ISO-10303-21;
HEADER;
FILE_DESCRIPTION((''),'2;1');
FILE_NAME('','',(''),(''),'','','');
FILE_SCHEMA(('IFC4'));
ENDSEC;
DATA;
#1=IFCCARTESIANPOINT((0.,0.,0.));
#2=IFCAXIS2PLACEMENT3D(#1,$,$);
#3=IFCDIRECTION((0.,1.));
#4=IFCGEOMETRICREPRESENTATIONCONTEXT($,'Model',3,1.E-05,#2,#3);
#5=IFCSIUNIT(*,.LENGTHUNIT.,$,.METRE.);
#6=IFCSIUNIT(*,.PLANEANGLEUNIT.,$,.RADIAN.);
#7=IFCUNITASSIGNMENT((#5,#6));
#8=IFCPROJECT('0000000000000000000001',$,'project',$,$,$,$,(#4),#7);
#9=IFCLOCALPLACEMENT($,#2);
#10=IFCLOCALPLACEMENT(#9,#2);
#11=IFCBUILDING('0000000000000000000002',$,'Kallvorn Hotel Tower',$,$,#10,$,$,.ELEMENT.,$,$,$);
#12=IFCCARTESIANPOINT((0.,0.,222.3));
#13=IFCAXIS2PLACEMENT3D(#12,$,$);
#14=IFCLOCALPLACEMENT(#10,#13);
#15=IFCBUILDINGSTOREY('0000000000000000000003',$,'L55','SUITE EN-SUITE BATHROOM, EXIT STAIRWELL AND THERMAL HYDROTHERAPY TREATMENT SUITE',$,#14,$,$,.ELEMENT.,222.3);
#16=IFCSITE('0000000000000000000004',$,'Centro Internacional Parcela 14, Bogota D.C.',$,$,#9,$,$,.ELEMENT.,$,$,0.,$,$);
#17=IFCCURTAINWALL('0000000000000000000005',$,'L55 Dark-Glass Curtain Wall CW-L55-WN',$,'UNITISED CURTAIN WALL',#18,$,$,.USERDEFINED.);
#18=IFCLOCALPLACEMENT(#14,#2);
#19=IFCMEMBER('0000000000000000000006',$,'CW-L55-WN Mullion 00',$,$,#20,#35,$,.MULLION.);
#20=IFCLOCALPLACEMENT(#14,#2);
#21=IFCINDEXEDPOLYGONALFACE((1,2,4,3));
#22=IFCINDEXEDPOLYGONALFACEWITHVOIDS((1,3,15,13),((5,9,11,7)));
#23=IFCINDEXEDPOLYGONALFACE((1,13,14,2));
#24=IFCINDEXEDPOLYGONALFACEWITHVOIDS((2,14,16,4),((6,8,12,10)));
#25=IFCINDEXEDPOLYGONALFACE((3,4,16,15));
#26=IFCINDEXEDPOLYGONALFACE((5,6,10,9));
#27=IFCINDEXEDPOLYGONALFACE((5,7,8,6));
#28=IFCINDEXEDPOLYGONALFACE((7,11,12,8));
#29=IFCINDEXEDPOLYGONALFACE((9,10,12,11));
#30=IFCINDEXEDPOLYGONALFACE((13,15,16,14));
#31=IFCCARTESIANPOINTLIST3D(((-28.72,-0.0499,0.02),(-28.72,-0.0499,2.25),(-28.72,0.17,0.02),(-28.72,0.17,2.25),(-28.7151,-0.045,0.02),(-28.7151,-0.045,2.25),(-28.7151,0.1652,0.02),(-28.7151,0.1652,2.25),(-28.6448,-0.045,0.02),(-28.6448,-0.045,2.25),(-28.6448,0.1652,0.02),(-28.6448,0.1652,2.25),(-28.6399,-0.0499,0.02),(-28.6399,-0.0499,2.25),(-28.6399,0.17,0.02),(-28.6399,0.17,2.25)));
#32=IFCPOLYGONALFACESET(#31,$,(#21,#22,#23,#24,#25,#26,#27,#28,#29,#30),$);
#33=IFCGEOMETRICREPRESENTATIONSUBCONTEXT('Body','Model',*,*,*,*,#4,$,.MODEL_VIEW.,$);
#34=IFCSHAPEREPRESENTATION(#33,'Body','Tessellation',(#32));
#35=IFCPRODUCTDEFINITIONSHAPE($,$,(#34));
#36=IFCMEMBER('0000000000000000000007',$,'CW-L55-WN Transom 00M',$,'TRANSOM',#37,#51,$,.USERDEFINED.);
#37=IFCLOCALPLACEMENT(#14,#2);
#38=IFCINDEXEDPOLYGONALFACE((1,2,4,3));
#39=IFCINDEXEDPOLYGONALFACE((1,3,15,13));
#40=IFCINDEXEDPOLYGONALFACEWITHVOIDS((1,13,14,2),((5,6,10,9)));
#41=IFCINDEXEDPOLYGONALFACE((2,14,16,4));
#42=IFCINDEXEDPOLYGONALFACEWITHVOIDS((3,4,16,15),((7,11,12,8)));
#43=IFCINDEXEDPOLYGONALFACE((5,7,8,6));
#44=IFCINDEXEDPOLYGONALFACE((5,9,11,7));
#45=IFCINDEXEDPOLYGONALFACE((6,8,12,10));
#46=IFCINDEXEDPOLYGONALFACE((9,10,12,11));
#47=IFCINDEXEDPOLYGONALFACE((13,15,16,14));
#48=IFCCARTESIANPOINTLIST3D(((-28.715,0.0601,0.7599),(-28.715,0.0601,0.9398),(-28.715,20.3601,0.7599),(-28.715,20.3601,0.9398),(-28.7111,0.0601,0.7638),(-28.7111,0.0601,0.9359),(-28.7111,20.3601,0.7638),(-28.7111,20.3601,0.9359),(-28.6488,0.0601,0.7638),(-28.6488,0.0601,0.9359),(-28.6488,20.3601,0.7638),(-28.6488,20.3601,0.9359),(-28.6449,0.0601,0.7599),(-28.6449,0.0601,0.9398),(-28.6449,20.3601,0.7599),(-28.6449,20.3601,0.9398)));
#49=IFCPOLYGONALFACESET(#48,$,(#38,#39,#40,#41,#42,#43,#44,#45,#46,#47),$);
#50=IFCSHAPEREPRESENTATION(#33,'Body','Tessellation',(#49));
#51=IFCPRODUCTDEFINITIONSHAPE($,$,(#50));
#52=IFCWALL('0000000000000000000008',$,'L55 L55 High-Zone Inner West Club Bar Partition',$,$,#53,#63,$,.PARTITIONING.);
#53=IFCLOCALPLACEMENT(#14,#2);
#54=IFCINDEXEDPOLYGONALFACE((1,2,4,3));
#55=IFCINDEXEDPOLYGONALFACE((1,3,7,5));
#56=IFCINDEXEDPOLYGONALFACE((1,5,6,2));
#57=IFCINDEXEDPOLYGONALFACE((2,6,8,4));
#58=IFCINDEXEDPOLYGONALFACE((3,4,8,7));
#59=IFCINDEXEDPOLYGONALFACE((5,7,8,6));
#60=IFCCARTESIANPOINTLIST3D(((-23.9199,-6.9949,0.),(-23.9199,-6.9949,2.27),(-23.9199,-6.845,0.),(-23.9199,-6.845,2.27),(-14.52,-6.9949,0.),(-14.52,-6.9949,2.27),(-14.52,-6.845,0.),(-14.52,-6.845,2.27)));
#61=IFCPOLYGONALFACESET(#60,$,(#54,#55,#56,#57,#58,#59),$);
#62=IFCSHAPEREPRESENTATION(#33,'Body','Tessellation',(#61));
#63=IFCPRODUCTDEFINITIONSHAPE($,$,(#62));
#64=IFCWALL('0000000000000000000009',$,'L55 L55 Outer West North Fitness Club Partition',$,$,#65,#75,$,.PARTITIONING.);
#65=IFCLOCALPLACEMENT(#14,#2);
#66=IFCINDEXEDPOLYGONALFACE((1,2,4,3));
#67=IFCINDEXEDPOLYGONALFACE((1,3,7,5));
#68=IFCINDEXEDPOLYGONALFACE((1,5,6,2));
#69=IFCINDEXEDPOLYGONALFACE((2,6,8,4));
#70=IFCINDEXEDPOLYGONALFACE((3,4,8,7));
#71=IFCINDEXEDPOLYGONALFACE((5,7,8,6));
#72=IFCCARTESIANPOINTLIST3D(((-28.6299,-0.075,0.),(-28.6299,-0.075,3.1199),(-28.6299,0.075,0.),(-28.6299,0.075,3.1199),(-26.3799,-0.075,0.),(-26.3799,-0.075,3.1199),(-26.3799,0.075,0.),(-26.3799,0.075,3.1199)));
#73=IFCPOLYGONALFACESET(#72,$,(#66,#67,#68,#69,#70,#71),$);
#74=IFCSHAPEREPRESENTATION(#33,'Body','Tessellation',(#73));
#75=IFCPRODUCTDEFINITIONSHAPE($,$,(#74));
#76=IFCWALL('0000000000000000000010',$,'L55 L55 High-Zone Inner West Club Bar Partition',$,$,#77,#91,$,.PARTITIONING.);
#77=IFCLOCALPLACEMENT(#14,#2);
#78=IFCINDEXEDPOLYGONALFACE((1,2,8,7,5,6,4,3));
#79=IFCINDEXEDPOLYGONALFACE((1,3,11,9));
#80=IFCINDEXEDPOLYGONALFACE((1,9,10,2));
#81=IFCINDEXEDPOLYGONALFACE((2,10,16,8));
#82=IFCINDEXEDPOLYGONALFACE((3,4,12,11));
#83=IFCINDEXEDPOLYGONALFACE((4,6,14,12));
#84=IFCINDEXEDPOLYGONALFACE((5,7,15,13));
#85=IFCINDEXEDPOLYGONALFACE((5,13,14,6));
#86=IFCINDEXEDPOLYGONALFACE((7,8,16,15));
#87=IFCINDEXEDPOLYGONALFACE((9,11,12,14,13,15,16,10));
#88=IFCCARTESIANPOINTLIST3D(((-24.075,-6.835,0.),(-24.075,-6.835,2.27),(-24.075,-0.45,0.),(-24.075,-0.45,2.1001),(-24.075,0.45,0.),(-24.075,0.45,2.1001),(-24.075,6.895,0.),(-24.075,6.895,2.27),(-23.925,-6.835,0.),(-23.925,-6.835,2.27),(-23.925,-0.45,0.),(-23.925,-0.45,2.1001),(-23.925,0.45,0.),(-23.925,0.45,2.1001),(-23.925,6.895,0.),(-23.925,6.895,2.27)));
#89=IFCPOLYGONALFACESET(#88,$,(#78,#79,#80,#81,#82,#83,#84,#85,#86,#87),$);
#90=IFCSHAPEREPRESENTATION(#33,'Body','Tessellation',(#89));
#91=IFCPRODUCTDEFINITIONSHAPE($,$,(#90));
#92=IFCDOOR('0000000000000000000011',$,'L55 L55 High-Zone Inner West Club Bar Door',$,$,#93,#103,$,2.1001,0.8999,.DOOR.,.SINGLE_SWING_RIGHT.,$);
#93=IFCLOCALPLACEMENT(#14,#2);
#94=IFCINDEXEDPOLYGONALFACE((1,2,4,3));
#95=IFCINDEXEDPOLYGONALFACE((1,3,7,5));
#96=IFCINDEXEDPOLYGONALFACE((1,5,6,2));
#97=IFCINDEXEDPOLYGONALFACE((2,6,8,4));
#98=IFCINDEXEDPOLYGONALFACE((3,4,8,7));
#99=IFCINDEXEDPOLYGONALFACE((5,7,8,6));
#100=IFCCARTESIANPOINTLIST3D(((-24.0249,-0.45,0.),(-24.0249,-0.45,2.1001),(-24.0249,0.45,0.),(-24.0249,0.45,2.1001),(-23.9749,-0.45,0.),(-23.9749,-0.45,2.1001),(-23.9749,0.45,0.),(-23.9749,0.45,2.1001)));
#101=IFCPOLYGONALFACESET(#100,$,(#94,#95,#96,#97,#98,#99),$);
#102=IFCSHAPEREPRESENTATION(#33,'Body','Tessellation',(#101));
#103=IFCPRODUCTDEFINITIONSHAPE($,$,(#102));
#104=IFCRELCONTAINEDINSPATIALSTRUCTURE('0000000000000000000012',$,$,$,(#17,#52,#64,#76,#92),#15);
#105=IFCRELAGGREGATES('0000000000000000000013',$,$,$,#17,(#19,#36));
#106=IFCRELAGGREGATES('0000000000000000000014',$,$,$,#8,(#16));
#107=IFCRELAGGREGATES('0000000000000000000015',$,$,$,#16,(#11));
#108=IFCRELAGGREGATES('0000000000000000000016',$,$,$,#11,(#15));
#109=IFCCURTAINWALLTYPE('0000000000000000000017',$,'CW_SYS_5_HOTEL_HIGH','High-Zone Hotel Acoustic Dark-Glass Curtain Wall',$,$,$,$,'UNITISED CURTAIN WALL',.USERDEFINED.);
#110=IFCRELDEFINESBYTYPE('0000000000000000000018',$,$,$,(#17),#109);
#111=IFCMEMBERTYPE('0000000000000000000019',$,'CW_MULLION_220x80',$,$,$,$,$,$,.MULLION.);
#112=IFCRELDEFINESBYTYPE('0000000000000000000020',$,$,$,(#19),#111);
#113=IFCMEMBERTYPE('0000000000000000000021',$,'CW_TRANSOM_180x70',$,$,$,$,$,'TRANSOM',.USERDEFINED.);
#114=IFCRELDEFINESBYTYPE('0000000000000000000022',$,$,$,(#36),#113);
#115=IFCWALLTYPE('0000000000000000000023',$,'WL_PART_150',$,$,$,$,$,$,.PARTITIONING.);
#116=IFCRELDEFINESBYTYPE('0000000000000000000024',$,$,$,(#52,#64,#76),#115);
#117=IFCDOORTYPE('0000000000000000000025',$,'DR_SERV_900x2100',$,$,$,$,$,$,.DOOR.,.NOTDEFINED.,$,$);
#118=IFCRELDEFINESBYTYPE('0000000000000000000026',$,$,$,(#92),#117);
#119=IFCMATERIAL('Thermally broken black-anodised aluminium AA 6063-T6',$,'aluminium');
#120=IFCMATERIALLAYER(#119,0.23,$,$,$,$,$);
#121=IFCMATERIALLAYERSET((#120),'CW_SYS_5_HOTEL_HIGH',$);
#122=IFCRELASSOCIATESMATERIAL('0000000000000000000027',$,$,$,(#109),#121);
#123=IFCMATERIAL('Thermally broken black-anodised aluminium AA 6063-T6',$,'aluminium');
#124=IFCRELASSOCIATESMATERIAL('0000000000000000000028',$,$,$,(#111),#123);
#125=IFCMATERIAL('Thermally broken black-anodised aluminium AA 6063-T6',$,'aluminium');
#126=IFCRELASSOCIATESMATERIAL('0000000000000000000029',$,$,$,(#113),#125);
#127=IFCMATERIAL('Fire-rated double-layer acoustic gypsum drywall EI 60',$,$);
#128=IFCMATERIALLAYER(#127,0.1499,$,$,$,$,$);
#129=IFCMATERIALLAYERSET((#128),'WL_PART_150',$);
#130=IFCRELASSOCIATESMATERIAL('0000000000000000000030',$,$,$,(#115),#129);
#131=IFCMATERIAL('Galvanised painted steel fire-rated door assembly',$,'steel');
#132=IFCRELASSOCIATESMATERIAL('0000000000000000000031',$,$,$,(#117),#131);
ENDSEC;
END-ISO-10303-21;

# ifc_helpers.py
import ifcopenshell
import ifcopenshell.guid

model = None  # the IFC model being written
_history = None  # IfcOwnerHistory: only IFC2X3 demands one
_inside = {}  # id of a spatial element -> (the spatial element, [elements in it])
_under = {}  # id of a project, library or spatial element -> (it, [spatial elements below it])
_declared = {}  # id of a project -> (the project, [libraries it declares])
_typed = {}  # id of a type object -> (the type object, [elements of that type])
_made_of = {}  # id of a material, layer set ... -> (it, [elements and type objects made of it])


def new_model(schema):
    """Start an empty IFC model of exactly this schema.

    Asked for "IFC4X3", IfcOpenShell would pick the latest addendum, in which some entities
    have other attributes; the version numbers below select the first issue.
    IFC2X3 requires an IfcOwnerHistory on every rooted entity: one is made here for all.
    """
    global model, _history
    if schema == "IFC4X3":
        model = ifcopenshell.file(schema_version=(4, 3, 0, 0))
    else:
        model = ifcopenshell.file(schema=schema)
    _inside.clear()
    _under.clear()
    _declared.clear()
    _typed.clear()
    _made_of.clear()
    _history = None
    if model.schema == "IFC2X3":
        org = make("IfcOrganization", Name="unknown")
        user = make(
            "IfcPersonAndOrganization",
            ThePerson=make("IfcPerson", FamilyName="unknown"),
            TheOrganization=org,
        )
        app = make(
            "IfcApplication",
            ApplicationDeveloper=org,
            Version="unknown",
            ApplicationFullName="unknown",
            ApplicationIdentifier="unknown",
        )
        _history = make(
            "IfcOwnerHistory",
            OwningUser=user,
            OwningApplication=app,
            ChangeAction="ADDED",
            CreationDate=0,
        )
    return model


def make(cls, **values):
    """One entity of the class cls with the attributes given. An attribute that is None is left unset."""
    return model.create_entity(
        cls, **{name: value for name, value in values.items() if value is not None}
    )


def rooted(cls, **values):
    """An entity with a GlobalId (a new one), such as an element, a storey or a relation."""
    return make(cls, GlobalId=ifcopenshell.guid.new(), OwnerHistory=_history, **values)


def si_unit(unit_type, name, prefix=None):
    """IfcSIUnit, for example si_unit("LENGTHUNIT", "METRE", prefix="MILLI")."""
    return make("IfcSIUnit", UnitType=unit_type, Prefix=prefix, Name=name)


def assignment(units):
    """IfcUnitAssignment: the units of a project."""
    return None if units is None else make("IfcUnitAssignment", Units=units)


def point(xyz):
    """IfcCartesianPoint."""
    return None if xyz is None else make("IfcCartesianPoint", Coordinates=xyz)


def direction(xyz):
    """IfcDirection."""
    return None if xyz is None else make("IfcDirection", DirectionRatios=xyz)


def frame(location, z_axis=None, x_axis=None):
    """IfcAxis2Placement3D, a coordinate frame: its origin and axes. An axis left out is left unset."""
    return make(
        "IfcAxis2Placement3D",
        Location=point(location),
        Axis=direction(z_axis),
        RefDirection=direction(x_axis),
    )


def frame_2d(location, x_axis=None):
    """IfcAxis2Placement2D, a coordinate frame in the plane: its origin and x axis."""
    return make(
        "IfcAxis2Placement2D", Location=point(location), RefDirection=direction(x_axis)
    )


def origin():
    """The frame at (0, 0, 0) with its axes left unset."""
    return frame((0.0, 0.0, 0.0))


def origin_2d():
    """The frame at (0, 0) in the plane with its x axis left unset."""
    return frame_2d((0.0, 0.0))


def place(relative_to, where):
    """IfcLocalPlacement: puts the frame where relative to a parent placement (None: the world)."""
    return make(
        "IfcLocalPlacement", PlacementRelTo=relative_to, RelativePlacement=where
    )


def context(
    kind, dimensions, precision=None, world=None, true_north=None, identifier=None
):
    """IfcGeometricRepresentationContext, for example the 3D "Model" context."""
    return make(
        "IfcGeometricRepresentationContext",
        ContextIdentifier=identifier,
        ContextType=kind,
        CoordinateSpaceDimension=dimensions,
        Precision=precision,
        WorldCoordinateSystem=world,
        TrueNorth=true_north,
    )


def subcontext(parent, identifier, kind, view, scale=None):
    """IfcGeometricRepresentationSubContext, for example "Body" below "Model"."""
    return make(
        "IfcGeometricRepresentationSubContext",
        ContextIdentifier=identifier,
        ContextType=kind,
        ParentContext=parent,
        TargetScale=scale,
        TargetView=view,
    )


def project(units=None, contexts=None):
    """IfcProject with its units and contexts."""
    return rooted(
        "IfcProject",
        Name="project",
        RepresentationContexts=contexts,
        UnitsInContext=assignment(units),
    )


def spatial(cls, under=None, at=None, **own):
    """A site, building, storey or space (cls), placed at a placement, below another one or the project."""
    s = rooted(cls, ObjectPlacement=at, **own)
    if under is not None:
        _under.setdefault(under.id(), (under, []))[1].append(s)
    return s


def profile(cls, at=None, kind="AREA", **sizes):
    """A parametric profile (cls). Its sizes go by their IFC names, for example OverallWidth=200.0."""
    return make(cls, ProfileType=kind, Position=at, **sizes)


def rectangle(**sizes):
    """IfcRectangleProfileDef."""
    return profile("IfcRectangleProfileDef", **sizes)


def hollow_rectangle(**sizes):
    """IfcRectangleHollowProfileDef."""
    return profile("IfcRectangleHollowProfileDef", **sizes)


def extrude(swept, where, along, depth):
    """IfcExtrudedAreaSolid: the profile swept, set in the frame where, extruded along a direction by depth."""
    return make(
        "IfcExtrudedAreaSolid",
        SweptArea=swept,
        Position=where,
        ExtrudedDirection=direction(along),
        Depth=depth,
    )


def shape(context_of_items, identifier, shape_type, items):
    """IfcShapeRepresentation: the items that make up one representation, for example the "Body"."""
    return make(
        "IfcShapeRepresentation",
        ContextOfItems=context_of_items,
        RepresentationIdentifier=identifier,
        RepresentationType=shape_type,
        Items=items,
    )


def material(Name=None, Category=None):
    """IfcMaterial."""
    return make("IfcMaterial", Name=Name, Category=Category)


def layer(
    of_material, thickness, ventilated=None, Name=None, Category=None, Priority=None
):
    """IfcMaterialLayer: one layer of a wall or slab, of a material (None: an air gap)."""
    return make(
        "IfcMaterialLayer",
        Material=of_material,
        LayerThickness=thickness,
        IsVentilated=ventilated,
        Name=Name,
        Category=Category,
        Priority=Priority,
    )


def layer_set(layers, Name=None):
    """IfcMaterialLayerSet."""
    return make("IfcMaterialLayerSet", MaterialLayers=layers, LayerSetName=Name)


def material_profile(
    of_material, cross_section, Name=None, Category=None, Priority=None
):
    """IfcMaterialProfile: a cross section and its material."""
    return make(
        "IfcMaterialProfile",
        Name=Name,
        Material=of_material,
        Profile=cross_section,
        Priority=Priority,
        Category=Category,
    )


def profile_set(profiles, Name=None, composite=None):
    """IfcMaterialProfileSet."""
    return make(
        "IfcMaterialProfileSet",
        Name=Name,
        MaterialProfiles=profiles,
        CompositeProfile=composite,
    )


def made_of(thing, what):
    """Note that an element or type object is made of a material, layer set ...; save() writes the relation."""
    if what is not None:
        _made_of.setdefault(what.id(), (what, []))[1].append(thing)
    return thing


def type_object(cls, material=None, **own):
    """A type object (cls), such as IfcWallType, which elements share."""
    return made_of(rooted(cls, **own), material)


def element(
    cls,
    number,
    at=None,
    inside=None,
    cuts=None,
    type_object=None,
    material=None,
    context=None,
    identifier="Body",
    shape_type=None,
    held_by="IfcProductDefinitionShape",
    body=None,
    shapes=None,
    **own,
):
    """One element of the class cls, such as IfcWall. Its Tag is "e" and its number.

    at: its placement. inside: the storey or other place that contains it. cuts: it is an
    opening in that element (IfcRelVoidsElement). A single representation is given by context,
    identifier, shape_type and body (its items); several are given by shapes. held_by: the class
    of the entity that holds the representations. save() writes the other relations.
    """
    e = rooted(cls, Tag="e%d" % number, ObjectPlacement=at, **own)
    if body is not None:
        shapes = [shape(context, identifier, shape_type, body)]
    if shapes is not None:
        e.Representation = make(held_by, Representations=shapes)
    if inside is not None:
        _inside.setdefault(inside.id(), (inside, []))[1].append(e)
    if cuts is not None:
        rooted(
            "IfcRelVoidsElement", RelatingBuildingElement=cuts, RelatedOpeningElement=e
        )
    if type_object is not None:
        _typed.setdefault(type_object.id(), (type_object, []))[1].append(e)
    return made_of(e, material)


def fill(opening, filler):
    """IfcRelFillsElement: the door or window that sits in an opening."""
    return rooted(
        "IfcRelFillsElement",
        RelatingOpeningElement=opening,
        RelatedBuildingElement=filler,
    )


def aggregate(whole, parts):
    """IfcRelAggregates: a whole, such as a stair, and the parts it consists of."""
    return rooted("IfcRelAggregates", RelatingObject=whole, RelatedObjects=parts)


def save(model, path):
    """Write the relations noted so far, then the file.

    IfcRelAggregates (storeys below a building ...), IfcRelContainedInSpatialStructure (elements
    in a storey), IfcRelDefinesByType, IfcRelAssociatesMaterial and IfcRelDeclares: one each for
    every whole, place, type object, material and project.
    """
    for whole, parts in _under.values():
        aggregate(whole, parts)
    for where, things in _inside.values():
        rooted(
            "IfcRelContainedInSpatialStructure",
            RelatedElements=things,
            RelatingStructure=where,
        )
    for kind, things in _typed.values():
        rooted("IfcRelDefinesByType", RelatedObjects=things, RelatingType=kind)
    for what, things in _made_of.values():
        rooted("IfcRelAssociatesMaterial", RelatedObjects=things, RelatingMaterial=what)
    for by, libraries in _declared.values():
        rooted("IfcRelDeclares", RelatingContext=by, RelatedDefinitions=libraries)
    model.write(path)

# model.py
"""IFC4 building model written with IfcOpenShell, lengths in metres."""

from ifc_helpers import new_model, si_unit, direction, frame, frame_2d, origin, origin_2d, place, context, subcontext, project, spatial, rectangle, hollow_rectangle, extrude, material, layer, layer_set, material_profile, profile_set, type_object, element, fill, aggregate, save


model = new_model("IFC4")

# Units and contexts
model_context = context("Model", 3, precision=1e-05, world=origin(), true_north=direction((0.0, 1.0)))
body_context = subcontext(model_context, "Body", "Model", "MODEL_VIEW")
ifc_project = project(units=[si_unit("LENGTHUNIT", "METRE"), si_unit("PLANEANGLEUNIT", "RADIAN")], contexts=[model_context])

# Site, building, storey
site_placement = place(None, origin())
site = spatial("IfcSite", under=ifc_project, at=site_placement, Name="Centro Internacional Parcela 14, Bogota D.C.", CompositionType="ELEMENT", RefElevation=0.0)
building_placement = place(site_placement, origin())
building = spatial("IfcBuilding", under=site, at=building_placement, Name="Kallvorn Hotel Tower", CompositionType="ELEMENT")
storey_placement = place(building_placement, frame((0.0, 0.0, 222.3)))
storey = spatial("IfcBuildingStorey", under=building, at=storey_placement, Name="L55", Description="SUITE EN-SUITE BATHROOM, EXIT STAIRWELL AND THERMAL HYDROTHERAPY TREATMENT SUITE", CompositionType="ELEMENT", Elevation=222.3)

# Curtain wall, members
ifc_material_1 = material(Name="Thermally broken black-anodised aluminium AA 6063-T6", Category="aluminium")
ifc_layer_1 = layer(ifc_material_1, 0.23)
ifc_layer_set_1 = layer_set([ifc_layer_1], Name="CW_SYS_5_HOTEL_HIGH")
curtain_wall_type = type_object("IfcCurtainWallType", Name="CW_SYS_5_HOTEL_HIGH", Description="High-Zone Hotel Acoustic Dark-Glass Curtain Wall", ElementType="UNITISED CURTAIN WALL", PredefinedType="USERDEFINED", material=ifc_layer_set_1)
curtain_wall_placement = place(storey_placement, origin())
curtain_wall = element("IfcCurtainWall", 1, at=curtain_wall_placement, inside=storey, type_object=curtain_wall_type, Name="L55 Dark-Glass Curtain Wall CW-L55-WN", ObjectType="UNITISED CURTAIN WALL", PredefinedType="USERDEFINED")
ifc_material_2 = material(Name="Thermally broken black-anodised aluminium AA 6063-T6", Category="aluminium")
ifc_material_profile_1 = material_profile(ifc_material_2, hollow_rectangle(XDim=0.0801, YDim=0.22, WallThickness=0.0049, at=origin_2d()), Name="MUL 220x80")
ifc_profile_set_1 = profile_set([ifc_material_profile_1], Name="Thermally broken black-anodised aluminium AA 6063-T6")
member_type_1 = type_object("IfcMemberType", Name="CW_MULLION_220x80", PredefinedType="MULLION", material=ifc_profile_set_1)
member_1_placement = place(storey_placement, frame((-28.6799, 0.0601, 0.02), z_axis=(0.0, 0.0, 1.0), x_axis=(1.0, 0.0, 0.0)))
member_1 = element("IfcMember", 2, at=member_1_placement, type_object=member_type_1, Name="CW-L55-WN Mullion 00", PredefinedType="MULLION", context=body_context, shape_type="SweptSolid", body=[
    extrude(hollow_rectangle(XDim=0.0801, YDim=0.22, WallThickness=0.0049, at=origin_2d()), origin(), (0.0, 0.0, 1.0), 2.23),
])
ifc_material_3 = material(Name="Thermally broken black-anodised aluminium AA 6063-T6", Category="aluminium")
ifc_material_profile_2 = material_profile(ifc_material_3, hollow_rectangle(XDim=0.0701, YDim=0.1799, WallThickness=0.0039, at=origin_2d()), Name="TRN 180x70")
ifc_profile_set_2 = profile_set([ifc_material_profile_2], Name="Thermally broken black-anodised aluminium AA 6063-T6")
member_type_2 = type_object("IfcMemberType", Name="CW_TRANSOM_180x70", ElementType="TRANSOM", PredefinedType="USERDEFINED", material=ifc_profile_set_2)
member_2_placement = place(storey_placement, frame((-28.6799, 0.0601, 0.8499), z_axis=(0.0, 1.0, 0.0), x_axis=(-1.0, 0.0, 0.0)))
member_2 = element("IfcMember", 3, at=member_2_placement, type_object=member_type_2, Name="CW-L55-WN Transom 00M", ObjectType="TRANSOM", PredefinedType="USERDEFINED", context=body_context, shape_type="SweptSolid", body=[
    extrude(hollow_rectangle(XDim=0.0701, YDim=0.1799, WallThickness=0.0039, at=origin_2d()), origin(), (0.0, 0.0, 1.0), 20.3),
])
aggregate(curtain_wall, [member_1, member_2])

# Walls
ifc_material_4 = material(Name="Fire-rated double-layer acoustic gypsum drywall EI 60")
ifc_layer_2 = layer(ifc_material_4, 0.1499)
ifc_layer_set_2 = layer_set([ifc_layer_2], Name="WL_PART_150")
wall_type = type_object("IfcWallType", Name="WL_PART_150", PredefinedType="PARTITIONING", material=ifc_layer_set_2)
wall_1_placement = place(storey_placement, frame((-23.9199, -6.9199, 0.0), z_axis=(0.0, 0.0, 1.0), x_axis=(1.0, 0.0, 0.0)))
element("IfcWall", 4, at=wall_1_placement, inside=storey, type_object=wall_type, Name="L55 L55 High-Zone Inner West Club Bar Partition", PredefinedType="PARTITIONING", context=body_context, shape_type="SweptSolid", body=[
    extrude(rectangle(XDim=9.3999, YDim=0.1499, at=frame_2d((4.7, 0.0))), origin(), (0.0, 0.0, 1.0), 2.27),
])
wall_2_placement = place(storey_placement, frame((-28.6299, 0.0, 0.0), z_axis=(0.0, 0.0, 1.0), x_axis=(1.0, 0.0, 0.0)))
element("IfcWall", 5, at=wall_2_placement, inside=storey, type_object=wall_type, Name="L55 L55 Outer West North Fitness Club Partition", PredefinedType="PARTITIONING", context=body_context, shape_type="SweptSolid", body=[
    extrude(rectangle(XDim=2.25, YDim=0.1499, at=frame_2d((1.125, 0.0))), origin(), (0.0, 0.0, 1.0), 3.1199),
])

# Wall, opening, door
wall_3_placement = place(storey_placement, frame((-24.0, -6.835, 0.0), z_axis=(0.0, 0.0, 1.0), x_axis=(0.0, 1.0, 0.0)))
wall_3 = element("IfcWall", 6, at=wall_3_placement, inside=storey, type_object=wall_type, Name="L55 L55 High-Zone Inner West Club Bar Partition", PredefinedType="PARTITIONING", context=body_context, shape_type="SweptSolid", body=[
    extrude(rectangle(XDim=13.73, YDim=0.1499, at=frame_2d((6.865, 0.0))), origin(), (0.0, 0.0, 1.0), 2.27),
])
opening_placement = place(wall_3_placement, frame((6.385, 0.0, 0.0)))
opening = element("IfcOpeningElement", 7, at=opening_placement, cuts=wall_3, PredefinedType="OPENING", context=body_context, shape_type="SweptSolid", body=[
    extrude(rectangle(XDim=0.8999, YDim=2.1001, at=frame_2d((0.45, 1.05))), frame((0.0, 0.0898, 0.0), z_axis=(0.0, -1.0, 0.0), x_axis=(1.0, 0.0, 0.0)), (0.0, 0.0, 1.0), 0.1799),
])
ifc_material_5 = material(Name="Galvanised painted steel fire-rated door assembly", Category="steel")
door_type = type_object("IfcDoorType", Name="DR_SERV_900x2100", OperationType="NOTDEFINED", PredefinedType="DOOR", material=ifc_material_5)
door_placement = place(opening_placement, origin())
door = element("IfcDoor", 8, at=door_placement, inside=storey, type_object=door_type, Name="L55 L55 High-Zone Inner West Club Bar Door", OperationType="SINGLE_SWING_RIGHT", OverallHeight=2.1001, OverallWidth=0.8999, PredefinedType="DOOR", context=body_context, shape_type="SweptSolid", body=[
    extrude(rectangle(XDim=0.8999, YDim=2.1001, at=frame_2d((0.45, 1.05))), frame((0.0, 0.0249, 0.0), z_axis=(0.0, -1.0, 0.0), x_axis=(1.0, 0.0, 0.0)), (0.0, 0.0, 1.0), 0.05),
])
fill(opening, door)

save(model, "model.ifc")
